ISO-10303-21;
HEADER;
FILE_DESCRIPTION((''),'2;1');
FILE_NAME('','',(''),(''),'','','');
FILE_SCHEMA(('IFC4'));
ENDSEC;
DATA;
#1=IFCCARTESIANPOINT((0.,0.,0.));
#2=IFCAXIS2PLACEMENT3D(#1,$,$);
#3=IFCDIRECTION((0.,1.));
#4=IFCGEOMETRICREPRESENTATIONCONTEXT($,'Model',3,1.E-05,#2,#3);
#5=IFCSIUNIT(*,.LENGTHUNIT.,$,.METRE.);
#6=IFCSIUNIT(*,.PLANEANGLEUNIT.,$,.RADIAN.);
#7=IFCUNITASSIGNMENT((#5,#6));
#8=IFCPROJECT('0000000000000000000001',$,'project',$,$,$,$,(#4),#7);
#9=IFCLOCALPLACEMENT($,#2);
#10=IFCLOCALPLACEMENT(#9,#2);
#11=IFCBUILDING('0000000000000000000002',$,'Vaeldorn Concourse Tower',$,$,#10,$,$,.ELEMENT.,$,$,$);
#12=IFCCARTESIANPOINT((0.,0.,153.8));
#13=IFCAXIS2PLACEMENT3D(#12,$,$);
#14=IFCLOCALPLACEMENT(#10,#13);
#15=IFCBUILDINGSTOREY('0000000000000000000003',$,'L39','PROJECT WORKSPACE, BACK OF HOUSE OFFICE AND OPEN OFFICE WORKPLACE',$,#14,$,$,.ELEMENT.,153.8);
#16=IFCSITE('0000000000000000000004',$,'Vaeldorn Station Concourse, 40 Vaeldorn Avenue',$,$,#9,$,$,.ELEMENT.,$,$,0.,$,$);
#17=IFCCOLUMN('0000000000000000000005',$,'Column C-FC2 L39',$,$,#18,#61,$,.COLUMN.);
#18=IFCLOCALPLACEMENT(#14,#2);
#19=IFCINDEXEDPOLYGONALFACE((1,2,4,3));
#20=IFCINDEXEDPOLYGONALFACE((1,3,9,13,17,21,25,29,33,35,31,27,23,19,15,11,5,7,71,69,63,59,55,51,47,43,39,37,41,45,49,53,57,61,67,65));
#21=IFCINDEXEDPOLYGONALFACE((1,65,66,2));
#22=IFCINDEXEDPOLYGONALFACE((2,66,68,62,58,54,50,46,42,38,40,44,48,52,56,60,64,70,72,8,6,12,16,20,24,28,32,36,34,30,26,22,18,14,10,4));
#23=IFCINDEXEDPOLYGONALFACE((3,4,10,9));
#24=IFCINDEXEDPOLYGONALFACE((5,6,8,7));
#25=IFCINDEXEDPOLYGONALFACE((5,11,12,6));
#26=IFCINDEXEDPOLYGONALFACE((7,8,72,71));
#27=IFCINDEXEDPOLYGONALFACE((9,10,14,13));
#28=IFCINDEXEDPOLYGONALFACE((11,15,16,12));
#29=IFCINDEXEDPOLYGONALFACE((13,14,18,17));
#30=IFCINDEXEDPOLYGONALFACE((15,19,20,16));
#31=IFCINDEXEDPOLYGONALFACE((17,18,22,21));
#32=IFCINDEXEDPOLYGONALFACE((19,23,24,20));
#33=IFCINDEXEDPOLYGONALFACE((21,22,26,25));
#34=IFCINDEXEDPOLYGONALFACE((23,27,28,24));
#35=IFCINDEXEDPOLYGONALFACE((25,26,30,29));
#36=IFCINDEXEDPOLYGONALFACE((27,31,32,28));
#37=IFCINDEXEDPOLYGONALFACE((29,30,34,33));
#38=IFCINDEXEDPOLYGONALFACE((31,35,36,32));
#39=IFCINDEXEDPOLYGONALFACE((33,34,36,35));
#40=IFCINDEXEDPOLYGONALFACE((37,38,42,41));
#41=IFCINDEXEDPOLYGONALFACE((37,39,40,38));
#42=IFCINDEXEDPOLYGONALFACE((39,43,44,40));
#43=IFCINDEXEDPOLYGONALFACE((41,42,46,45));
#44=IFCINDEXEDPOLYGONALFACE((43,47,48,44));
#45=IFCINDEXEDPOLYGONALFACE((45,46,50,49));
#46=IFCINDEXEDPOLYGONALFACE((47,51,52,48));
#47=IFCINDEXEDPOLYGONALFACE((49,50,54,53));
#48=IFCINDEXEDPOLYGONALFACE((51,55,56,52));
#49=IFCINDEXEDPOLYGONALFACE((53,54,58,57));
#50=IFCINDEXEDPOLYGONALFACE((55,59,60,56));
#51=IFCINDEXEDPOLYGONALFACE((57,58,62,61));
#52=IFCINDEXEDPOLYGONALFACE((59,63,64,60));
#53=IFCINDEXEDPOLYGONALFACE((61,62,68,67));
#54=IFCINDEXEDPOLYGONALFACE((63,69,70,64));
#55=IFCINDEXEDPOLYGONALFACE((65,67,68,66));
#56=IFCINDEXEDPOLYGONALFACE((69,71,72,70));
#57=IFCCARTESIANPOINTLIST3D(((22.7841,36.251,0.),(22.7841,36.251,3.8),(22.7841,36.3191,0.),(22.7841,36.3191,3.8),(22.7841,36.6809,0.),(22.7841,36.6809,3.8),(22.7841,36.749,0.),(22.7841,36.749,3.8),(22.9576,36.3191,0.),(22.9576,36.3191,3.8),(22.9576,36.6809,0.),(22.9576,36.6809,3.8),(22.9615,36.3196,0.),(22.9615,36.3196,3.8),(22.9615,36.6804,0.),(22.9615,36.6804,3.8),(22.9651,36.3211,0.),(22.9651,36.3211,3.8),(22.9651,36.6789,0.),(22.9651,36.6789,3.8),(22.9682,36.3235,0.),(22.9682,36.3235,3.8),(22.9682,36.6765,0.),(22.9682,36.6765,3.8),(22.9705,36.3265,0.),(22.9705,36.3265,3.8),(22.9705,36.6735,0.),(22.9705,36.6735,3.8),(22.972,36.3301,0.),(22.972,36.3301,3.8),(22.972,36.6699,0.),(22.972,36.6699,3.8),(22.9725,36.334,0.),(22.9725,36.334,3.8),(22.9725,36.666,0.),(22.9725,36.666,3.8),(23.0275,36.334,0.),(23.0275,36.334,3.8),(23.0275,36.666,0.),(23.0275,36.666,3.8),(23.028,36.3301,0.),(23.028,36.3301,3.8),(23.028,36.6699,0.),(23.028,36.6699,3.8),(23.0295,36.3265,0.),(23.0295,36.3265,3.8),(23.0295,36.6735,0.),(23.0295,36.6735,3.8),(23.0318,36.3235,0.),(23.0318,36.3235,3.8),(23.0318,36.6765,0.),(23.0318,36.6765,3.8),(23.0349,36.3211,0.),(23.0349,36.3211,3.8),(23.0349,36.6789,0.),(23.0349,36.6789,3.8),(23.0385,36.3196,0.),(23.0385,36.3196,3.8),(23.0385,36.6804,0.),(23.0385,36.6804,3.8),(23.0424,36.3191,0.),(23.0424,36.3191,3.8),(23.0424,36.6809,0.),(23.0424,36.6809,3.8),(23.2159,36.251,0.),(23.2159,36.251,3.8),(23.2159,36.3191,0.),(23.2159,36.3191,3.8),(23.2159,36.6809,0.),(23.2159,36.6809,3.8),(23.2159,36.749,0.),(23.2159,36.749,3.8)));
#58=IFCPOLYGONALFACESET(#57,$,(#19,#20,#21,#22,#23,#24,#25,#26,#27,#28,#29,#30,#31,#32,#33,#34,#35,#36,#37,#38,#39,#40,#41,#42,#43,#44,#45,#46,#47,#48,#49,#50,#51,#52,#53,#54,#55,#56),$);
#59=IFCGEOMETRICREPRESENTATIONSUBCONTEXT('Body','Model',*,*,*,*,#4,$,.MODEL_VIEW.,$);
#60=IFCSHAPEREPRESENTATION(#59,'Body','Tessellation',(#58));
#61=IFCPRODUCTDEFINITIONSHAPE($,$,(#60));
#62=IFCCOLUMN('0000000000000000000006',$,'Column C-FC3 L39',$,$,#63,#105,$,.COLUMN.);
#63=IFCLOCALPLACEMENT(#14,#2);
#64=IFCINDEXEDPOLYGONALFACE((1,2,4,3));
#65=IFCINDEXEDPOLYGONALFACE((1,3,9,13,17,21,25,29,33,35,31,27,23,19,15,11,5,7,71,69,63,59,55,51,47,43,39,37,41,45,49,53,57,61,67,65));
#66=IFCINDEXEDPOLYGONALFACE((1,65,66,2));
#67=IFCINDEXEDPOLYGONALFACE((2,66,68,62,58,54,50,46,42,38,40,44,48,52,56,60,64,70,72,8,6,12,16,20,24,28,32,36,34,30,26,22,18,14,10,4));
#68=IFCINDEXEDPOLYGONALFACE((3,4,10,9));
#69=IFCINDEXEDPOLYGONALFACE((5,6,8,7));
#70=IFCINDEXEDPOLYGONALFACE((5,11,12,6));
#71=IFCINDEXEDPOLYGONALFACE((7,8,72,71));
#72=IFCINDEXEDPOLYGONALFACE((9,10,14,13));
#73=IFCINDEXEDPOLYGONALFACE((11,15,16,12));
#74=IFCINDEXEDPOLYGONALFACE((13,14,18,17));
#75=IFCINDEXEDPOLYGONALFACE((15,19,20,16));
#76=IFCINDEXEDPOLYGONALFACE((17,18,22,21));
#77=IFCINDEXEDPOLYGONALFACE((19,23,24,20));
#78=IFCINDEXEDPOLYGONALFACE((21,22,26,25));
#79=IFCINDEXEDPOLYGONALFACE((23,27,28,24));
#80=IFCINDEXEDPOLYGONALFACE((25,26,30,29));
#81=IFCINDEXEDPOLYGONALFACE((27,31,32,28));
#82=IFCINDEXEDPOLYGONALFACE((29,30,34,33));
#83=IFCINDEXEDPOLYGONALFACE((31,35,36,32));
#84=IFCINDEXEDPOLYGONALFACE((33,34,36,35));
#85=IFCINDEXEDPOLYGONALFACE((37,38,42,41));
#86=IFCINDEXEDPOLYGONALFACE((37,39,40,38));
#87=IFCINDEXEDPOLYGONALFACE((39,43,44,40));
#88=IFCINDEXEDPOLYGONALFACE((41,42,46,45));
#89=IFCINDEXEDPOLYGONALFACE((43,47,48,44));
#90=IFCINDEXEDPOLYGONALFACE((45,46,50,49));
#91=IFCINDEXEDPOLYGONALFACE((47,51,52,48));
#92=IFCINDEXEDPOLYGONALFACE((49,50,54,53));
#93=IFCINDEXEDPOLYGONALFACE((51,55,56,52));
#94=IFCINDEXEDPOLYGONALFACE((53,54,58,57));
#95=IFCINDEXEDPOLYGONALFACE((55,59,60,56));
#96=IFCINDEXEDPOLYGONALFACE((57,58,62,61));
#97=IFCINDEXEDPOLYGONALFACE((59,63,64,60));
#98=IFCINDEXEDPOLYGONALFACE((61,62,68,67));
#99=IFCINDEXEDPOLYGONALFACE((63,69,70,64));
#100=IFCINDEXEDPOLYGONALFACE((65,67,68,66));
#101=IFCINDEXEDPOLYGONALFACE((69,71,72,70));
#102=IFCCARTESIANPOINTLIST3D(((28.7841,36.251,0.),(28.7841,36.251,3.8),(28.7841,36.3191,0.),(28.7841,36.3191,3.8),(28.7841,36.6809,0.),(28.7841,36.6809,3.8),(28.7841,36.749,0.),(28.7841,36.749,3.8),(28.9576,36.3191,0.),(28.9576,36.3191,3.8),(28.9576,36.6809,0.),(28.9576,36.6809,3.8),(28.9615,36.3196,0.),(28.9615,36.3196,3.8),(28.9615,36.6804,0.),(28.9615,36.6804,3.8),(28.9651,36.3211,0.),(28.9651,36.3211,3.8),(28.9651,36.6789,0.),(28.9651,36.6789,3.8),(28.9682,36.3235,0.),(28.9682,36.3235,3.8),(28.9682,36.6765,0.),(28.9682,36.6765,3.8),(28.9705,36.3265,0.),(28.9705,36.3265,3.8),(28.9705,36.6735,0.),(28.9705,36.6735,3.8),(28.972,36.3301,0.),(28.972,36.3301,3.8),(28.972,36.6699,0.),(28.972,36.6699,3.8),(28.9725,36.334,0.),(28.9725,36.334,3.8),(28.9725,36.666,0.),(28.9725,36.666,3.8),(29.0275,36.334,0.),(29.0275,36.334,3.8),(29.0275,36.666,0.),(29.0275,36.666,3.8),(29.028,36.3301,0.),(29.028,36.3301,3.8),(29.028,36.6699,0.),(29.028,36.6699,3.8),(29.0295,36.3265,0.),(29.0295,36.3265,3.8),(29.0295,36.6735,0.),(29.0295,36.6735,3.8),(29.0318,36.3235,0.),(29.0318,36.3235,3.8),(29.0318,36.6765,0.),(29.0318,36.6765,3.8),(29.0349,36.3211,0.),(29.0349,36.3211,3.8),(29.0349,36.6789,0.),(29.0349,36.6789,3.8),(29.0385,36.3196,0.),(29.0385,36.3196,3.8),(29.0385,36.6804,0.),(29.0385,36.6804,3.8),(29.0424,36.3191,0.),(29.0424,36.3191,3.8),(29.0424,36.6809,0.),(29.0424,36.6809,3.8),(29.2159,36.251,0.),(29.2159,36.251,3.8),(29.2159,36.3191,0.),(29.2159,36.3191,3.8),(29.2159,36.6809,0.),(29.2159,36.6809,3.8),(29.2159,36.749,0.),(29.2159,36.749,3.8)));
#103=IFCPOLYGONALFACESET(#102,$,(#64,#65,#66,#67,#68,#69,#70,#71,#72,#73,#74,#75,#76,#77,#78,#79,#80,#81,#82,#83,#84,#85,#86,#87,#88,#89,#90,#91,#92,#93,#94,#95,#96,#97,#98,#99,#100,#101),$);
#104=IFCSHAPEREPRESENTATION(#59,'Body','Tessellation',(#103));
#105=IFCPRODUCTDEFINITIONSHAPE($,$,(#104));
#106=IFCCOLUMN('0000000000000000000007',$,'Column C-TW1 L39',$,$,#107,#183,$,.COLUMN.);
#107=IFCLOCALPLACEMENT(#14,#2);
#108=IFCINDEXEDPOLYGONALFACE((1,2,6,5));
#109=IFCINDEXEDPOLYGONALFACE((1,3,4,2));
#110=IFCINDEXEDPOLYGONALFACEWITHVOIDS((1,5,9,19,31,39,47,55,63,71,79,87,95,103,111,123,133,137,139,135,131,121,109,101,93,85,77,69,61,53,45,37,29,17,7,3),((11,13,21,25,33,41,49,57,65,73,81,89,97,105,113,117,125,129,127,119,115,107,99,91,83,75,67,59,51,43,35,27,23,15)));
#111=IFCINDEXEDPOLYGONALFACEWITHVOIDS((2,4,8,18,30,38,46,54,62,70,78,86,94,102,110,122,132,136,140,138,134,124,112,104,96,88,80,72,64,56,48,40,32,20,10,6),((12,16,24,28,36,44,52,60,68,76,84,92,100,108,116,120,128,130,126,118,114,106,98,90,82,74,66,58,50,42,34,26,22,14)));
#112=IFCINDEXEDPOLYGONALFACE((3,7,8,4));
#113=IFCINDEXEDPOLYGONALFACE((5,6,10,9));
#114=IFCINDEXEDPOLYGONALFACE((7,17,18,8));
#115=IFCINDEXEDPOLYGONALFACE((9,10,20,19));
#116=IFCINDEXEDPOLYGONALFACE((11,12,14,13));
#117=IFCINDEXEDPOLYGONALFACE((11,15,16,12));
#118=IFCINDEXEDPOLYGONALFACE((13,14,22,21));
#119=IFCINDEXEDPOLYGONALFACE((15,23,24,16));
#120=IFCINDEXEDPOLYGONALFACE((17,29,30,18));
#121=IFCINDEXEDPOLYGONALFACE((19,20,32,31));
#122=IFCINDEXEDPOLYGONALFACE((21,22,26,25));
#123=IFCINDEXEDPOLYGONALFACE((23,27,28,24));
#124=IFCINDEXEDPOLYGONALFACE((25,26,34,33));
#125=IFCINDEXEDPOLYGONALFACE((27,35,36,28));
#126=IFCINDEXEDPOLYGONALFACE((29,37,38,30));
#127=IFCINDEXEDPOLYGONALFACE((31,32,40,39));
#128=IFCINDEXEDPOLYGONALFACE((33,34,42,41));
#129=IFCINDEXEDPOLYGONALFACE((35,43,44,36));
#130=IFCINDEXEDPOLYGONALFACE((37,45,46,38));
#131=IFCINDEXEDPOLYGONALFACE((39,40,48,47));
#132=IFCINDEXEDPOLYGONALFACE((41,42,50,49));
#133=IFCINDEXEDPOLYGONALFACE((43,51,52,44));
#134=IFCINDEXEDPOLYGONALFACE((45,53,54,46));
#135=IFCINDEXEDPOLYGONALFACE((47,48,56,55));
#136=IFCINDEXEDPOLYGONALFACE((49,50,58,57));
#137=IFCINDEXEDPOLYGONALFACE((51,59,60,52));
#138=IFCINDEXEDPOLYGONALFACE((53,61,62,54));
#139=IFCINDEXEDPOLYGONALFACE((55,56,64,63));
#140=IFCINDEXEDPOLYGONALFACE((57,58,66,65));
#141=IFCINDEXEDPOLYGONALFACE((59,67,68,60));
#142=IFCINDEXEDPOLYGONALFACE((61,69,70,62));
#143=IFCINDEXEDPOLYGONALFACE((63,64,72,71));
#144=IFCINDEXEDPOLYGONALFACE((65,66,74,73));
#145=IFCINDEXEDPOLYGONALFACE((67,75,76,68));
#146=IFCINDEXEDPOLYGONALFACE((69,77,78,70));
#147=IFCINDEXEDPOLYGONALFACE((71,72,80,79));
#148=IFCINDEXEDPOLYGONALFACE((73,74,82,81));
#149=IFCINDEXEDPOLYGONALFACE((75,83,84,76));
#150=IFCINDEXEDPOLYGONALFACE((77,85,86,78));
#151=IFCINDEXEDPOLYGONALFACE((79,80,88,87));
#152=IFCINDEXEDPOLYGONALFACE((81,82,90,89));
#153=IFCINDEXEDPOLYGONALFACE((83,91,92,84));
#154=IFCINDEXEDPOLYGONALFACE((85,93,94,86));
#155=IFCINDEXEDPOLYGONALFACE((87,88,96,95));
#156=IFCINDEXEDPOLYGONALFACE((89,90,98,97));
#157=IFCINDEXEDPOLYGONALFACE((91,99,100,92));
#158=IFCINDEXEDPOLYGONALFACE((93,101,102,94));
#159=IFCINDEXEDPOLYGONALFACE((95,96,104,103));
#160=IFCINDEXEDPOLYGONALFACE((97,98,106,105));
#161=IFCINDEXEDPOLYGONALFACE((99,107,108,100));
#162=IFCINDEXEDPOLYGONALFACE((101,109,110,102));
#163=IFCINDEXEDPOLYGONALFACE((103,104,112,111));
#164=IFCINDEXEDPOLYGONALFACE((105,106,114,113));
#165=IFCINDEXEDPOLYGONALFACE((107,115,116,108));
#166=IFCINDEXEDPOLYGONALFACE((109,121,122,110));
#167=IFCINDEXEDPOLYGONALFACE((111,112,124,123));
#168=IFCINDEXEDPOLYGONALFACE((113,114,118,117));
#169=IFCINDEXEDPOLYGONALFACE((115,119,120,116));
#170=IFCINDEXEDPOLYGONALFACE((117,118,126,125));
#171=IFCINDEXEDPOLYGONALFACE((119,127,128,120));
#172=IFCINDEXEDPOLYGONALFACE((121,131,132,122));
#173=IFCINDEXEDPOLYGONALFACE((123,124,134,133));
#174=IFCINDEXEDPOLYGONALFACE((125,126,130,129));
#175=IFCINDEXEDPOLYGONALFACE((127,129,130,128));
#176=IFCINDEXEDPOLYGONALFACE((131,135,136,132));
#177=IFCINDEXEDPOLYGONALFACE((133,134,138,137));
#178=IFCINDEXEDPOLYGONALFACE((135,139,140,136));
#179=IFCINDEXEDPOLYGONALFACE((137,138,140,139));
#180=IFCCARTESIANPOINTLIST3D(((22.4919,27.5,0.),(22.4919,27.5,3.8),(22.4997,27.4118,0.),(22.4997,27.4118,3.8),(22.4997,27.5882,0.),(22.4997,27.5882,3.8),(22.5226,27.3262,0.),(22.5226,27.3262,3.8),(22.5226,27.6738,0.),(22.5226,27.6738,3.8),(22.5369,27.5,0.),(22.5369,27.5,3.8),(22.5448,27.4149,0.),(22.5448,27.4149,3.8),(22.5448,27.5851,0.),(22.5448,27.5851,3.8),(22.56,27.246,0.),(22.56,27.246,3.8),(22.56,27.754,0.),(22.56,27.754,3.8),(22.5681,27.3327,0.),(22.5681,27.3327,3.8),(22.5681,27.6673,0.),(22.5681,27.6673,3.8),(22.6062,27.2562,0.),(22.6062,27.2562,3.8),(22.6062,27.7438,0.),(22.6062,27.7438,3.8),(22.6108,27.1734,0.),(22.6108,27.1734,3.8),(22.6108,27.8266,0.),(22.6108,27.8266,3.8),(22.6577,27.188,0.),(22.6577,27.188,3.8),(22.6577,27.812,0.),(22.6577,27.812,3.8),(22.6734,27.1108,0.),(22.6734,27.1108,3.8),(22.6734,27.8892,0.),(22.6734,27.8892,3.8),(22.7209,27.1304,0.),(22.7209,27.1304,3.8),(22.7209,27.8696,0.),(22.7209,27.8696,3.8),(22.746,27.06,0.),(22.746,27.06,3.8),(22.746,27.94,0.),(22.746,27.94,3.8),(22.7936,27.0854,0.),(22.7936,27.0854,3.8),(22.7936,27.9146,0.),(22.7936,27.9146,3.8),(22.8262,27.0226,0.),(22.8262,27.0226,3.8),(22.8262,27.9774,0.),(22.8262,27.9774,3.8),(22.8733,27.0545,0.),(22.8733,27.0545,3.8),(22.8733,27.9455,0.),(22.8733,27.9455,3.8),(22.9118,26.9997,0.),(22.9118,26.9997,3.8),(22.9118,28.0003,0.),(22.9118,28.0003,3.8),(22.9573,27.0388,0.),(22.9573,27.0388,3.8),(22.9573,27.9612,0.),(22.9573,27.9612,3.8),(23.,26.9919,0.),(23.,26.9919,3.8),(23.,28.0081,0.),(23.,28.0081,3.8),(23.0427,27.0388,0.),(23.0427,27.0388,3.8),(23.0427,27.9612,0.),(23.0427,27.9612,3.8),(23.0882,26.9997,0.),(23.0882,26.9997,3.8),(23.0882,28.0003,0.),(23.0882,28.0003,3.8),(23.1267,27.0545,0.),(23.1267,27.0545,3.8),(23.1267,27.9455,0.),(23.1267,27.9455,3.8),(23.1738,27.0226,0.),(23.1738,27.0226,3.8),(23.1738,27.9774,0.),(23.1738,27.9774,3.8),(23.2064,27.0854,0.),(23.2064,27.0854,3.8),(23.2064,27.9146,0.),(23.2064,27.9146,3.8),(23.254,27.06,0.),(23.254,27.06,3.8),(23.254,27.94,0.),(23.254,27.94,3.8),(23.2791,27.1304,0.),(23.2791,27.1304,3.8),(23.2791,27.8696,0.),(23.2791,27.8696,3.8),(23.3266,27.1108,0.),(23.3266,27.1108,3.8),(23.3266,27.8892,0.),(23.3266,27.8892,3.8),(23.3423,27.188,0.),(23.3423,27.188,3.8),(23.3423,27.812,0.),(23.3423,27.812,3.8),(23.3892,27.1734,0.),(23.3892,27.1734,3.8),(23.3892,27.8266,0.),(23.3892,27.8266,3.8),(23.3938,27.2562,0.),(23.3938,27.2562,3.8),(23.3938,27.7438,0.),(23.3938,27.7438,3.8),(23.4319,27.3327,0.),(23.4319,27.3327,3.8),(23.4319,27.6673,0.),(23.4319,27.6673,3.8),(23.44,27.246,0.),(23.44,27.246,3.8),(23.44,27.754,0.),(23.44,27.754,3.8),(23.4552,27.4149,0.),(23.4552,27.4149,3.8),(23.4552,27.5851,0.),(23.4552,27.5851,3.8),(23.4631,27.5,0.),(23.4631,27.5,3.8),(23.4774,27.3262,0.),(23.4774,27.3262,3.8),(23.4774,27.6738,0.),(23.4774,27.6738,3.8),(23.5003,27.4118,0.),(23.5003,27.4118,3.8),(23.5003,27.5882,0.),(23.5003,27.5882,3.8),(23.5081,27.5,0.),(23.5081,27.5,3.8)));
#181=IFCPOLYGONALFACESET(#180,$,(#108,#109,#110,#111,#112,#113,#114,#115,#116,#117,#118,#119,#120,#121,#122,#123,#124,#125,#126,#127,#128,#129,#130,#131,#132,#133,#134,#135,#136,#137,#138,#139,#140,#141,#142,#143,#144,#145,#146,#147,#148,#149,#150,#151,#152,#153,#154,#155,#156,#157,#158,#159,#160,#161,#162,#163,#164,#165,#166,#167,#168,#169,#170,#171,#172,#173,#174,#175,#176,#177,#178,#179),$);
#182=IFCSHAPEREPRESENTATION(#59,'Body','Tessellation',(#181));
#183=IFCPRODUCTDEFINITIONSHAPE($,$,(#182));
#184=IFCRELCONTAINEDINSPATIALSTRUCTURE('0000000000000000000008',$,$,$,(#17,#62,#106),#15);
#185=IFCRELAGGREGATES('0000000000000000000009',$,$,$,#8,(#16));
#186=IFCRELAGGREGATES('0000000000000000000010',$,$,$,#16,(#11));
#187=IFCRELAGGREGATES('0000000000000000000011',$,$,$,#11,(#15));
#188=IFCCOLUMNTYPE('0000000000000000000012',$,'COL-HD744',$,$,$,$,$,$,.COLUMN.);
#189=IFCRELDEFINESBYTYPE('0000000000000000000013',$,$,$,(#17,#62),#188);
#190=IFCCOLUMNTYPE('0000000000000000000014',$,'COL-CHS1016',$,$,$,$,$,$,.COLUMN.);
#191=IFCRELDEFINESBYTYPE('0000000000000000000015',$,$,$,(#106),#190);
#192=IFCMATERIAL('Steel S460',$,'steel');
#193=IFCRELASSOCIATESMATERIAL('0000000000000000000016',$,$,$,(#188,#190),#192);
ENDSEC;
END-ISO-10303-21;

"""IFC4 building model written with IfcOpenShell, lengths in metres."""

from ifc_helpers import new_model, si_unit, direction, frame, origin, origin_2d, place, context, subcontext, project, spatial, hollow_circle, i_section, extrude, source, transform, mapped, material, material_profile, profile_set, type_object, element, save


model = new_model("IFC4")

# Units and contexts
model_context = context("Model", 3, precision=1e-05, world=origin(), true_north=direction((0.0, 1.0)))
body_context = subcontext(model_context, "Body", "Model", "MODEL_VIEW")
ifc_project = project(units=[si_unit("LENGTHUNIT", "METRE"), si_unit("PLANEANGLEUNIT", "RADIAN")], contexts=[model_context])

# Site, building, storey
site_placement = place(None, origin())
site = spatial("IfcSite", under=ifc_project, at=site_placement, Name="Vaeldorn Station Concourse, 40 Vaeldorn Avenue", CompositionType="ELEMENT", RefElevation=0.0)
building_placement = place(site_placement, origin())
building = spatial("IfcBuilding", under=site, at=building_placement, Name="Vaeldorn Concourse Tower", CompositionType="ELEMENT")
storey_placement = place(building_placement, frame((0.0, 0.0, 153.8)))
storey = spatial("IfcBuildingStorey", under=building, at=storey_placement, Name="L39", Description="PROJECT WORKSPACE, BACK OF HOUSE OFFICE AND OPEN OFFICE WORKPLACE", CompositionType="ELEMENT", Elevation=153.8)

# Columns
ifc_material_1 = material(Name="Steel S460", Category="steel")
ifc_material_profile_1 = material_profile(ifc_material_1, i_section(OverallWidth=0.4319, OverallDepth=0.498, WebThickness=0.0549, FlangeThickness=0.0681, FilletRadius=0.0149, at=origin_2d()), Name="HD 400x744")
ifc_profile_set_1 = profile_set([ifc_material_profile_1], Name="Steel S460")
column_type_1 = type_object("IfcColumnType", Name="COL-HD744", PredefinedType="COLUMN", material=ifc_profile_set_1)
shared_shape_1 = source(origin(), body_context, "Body", "SweptSolid", [
    extrude(i_section(OverallWidth=0.4319, OverallDepth=0.498, WebThickness=0.0549, FlangeThickness=0.0681, FilletRadius=0.0149, at=origin_2d()), origin(), (0.0, 0.0, 1.0), 3.8),
])
for number, where, z_axis, x_axis, name in (
    (1, (23.0, 36.5, 0.0), (0.0, 0.0, 1.0), (1.0, 0.0, 0.0), "Column C-FC2 L39"),
    (2, (29.0, 36.5, 0.0), (0.0, 0.0, 1.0), (1.0, 0.0, 0.0), "Column C-FC3 L39"),
):
    element("IfcColumn", number, at=place(storey_placement, frame(where, z_axis=z_axis, x_axis=x_axis)), inside=storey, type_object=column_type_1, Name=name, PredefinedType="COLUMN", context=body_context, shape_type="MappedRepresentation", body=[
        mapped(shared_shape_1, transform((0.0, 0.0, 0.0), scale=1.0)),
    ])
ifc_material_profile_2 = material_profile(ifc_material_1, hollow_circle(Radius=0.5081, WallThickness=0.0449, at=origin_2d()), Name="CHS 1016x45")
ifc_profile_set_2 = profile_set([ifc_material_profile_2], Name="Steel S460")
column_type_2 = type_object("IfcColumnType", Name="COL-CHS1016", PredefinedType="COLUMN", material=ifc_profile_set_2)
shared_shape_2 = source(origin(), body_context, "Body", "SweptSolid", [
    extrude(hollow_circle(Radius=0.5081, WallThickness=0.0449, at=origin_2d()), origin(), (0.0, 0.0, 1.0), 3.8),
])
column_1_placement = place(storey_placement, frame((23.0, 27.5, 0.0), z_axis=(0.0, 0.0, 1.0), x_axis=(1.0, 0.0, 0.0)))
element("IfcColumn", 3, at=column_1_placement, inside=storey, type_object=column_type_2, Name="Column C-TW1 L39", PredefinedType="COLUMN", context=body_context, shape_type="MappedRepresentation", body=[
    mapped(shared_shape_2, transform((0.0, 0.0, 0.0), scale=1.0)),
])

save(model, "model.ifc")
